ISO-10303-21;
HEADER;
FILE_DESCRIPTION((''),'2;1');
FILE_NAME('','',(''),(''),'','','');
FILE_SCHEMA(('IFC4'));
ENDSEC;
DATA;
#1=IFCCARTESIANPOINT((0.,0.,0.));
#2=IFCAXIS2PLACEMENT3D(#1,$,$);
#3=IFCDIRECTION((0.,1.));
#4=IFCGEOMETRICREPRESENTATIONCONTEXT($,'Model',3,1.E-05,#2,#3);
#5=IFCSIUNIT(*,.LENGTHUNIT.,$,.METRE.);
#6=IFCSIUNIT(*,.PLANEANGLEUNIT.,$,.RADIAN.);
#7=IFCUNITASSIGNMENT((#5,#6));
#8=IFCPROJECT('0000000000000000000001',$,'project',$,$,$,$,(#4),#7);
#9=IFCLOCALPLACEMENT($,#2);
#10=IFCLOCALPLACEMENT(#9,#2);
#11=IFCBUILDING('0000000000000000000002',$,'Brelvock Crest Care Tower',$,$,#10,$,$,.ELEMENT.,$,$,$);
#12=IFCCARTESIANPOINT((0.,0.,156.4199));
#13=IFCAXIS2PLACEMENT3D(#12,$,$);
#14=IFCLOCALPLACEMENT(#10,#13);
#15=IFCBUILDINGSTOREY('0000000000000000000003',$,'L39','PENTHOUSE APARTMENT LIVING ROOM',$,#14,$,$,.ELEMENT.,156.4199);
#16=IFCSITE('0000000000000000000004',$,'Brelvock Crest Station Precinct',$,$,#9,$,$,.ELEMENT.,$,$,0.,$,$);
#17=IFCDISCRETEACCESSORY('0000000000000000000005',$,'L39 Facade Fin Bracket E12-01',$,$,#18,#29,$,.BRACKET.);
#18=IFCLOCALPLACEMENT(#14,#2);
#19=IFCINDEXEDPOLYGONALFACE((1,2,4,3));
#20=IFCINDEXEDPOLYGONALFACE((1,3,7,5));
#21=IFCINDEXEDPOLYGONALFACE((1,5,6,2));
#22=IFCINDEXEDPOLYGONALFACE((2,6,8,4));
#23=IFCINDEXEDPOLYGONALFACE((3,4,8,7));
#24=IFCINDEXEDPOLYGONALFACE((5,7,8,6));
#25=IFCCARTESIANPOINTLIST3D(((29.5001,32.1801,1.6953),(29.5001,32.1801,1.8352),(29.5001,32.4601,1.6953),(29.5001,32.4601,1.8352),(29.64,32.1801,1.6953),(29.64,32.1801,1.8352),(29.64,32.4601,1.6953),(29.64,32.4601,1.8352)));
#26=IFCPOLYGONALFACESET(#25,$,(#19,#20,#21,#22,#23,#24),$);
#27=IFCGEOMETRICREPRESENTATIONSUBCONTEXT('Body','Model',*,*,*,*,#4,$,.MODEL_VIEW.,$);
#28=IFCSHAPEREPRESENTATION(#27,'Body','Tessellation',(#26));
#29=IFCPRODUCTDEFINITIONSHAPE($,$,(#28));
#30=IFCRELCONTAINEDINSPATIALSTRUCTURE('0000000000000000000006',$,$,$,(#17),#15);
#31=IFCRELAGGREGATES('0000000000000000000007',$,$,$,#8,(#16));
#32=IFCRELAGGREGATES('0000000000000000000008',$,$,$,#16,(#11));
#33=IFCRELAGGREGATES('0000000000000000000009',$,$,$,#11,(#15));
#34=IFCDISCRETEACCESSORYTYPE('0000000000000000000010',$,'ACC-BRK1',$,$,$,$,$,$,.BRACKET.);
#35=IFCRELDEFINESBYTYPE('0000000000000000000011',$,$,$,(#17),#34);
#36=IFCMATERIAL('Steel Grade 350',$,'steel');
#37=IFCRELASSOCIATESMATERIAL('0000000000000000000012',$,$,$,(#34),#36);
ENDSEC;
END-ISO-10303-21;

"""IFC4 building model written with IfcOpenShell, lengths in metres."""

from ifc_helpers import new_model, si_unit, direction, frame, origin, origin_2d, place, context, subcontext, project, spatial, rectangle, extrude, source, transform, mapped, material, type_object, element, save


model = new_model("IFC4")

# Units and contexts
model_context = context("Model", 3, precision=1e-05, world=origin(), true_north=direction((0.0, 1.0)))
body_context = subcontext(model_context, "Body", "Model", "MODEL_VIEW")
ifc_project = project(units=[si_unit("LENGTHUNIT", "METRE"), si_unit("PLANEANGLEUNIT", "RADIAN")], contexts=[model_context])

# Site, building, storey
site_placement = place(None, origin())
site = spatial("IfcSite", under=ifc_project, at=site_placement, Name="Brelvock Crest Station Precinct", CompositionType="ELEMENT", RefElevation=0.0)
building_placement = place(site_placement, origin())
building = spatial("IfcBuilding", under=site, at=building_placement, Name="Brelvock Crest Care Tower", CompositionType="ELEMENT")
storey_placement = place(building_placement, frame((0.0, 0.0, 156.4199)))
storey = spatial("IfcBuildingStorey", under=building, at=storey_placement, Name="L39", Description="PENTHOUSE APARTMENT LIVING ROOM", CompositionType="ELEMENT", Elevation=156.4199)

# Shared definitions
ifc_material_1 = material(Name="Steel Grade 350", Category="steel")

# Discrete accessory
discrete_accessory_type = type_object("IfcDiscreteAccessoryType", Name="ACC-BRK1", PredefinedType="BRACKET", material=ifc_material_1)
shared_shape_1 = source(origin(), body_context, "Body", "SweptSolid", [
    extrude(rectangle(XDim=0.28, YDim=0.1399, at=origin_2d()), origin(), (0.0, 0.0, 1.0), 0.1399),
])
for number, where, z_axis, x_axis, name in (
    (1, (29.5701, 32.3201, 1.6953), (0.0, 0.0, 1.0), (0.0, -1.0, 0.0), "L39 Facade Fin Bracket E12-01"),
):
    element("IfcDiscreteAccessory", number, at=place(storey_placement, frame(where, z_axis=z_axis, x_axis=x_axis)), inside=storey, type_object=discrete_accessory_type, Name=name, PredefinedType="BRACKET", context=body_context, shape_type="MappedRepresentation", body=[
        mapped(shared_shape_1, transform((0.0, 0.0, 0.0), x_axis=(1.0, 0.0, 0.0), y_axis=(0.0, 1.0, 0.0), z_axis=(0.0, 0.0, 1.0), scale=1.0)),
    ])

save(model, "model.ifc")
